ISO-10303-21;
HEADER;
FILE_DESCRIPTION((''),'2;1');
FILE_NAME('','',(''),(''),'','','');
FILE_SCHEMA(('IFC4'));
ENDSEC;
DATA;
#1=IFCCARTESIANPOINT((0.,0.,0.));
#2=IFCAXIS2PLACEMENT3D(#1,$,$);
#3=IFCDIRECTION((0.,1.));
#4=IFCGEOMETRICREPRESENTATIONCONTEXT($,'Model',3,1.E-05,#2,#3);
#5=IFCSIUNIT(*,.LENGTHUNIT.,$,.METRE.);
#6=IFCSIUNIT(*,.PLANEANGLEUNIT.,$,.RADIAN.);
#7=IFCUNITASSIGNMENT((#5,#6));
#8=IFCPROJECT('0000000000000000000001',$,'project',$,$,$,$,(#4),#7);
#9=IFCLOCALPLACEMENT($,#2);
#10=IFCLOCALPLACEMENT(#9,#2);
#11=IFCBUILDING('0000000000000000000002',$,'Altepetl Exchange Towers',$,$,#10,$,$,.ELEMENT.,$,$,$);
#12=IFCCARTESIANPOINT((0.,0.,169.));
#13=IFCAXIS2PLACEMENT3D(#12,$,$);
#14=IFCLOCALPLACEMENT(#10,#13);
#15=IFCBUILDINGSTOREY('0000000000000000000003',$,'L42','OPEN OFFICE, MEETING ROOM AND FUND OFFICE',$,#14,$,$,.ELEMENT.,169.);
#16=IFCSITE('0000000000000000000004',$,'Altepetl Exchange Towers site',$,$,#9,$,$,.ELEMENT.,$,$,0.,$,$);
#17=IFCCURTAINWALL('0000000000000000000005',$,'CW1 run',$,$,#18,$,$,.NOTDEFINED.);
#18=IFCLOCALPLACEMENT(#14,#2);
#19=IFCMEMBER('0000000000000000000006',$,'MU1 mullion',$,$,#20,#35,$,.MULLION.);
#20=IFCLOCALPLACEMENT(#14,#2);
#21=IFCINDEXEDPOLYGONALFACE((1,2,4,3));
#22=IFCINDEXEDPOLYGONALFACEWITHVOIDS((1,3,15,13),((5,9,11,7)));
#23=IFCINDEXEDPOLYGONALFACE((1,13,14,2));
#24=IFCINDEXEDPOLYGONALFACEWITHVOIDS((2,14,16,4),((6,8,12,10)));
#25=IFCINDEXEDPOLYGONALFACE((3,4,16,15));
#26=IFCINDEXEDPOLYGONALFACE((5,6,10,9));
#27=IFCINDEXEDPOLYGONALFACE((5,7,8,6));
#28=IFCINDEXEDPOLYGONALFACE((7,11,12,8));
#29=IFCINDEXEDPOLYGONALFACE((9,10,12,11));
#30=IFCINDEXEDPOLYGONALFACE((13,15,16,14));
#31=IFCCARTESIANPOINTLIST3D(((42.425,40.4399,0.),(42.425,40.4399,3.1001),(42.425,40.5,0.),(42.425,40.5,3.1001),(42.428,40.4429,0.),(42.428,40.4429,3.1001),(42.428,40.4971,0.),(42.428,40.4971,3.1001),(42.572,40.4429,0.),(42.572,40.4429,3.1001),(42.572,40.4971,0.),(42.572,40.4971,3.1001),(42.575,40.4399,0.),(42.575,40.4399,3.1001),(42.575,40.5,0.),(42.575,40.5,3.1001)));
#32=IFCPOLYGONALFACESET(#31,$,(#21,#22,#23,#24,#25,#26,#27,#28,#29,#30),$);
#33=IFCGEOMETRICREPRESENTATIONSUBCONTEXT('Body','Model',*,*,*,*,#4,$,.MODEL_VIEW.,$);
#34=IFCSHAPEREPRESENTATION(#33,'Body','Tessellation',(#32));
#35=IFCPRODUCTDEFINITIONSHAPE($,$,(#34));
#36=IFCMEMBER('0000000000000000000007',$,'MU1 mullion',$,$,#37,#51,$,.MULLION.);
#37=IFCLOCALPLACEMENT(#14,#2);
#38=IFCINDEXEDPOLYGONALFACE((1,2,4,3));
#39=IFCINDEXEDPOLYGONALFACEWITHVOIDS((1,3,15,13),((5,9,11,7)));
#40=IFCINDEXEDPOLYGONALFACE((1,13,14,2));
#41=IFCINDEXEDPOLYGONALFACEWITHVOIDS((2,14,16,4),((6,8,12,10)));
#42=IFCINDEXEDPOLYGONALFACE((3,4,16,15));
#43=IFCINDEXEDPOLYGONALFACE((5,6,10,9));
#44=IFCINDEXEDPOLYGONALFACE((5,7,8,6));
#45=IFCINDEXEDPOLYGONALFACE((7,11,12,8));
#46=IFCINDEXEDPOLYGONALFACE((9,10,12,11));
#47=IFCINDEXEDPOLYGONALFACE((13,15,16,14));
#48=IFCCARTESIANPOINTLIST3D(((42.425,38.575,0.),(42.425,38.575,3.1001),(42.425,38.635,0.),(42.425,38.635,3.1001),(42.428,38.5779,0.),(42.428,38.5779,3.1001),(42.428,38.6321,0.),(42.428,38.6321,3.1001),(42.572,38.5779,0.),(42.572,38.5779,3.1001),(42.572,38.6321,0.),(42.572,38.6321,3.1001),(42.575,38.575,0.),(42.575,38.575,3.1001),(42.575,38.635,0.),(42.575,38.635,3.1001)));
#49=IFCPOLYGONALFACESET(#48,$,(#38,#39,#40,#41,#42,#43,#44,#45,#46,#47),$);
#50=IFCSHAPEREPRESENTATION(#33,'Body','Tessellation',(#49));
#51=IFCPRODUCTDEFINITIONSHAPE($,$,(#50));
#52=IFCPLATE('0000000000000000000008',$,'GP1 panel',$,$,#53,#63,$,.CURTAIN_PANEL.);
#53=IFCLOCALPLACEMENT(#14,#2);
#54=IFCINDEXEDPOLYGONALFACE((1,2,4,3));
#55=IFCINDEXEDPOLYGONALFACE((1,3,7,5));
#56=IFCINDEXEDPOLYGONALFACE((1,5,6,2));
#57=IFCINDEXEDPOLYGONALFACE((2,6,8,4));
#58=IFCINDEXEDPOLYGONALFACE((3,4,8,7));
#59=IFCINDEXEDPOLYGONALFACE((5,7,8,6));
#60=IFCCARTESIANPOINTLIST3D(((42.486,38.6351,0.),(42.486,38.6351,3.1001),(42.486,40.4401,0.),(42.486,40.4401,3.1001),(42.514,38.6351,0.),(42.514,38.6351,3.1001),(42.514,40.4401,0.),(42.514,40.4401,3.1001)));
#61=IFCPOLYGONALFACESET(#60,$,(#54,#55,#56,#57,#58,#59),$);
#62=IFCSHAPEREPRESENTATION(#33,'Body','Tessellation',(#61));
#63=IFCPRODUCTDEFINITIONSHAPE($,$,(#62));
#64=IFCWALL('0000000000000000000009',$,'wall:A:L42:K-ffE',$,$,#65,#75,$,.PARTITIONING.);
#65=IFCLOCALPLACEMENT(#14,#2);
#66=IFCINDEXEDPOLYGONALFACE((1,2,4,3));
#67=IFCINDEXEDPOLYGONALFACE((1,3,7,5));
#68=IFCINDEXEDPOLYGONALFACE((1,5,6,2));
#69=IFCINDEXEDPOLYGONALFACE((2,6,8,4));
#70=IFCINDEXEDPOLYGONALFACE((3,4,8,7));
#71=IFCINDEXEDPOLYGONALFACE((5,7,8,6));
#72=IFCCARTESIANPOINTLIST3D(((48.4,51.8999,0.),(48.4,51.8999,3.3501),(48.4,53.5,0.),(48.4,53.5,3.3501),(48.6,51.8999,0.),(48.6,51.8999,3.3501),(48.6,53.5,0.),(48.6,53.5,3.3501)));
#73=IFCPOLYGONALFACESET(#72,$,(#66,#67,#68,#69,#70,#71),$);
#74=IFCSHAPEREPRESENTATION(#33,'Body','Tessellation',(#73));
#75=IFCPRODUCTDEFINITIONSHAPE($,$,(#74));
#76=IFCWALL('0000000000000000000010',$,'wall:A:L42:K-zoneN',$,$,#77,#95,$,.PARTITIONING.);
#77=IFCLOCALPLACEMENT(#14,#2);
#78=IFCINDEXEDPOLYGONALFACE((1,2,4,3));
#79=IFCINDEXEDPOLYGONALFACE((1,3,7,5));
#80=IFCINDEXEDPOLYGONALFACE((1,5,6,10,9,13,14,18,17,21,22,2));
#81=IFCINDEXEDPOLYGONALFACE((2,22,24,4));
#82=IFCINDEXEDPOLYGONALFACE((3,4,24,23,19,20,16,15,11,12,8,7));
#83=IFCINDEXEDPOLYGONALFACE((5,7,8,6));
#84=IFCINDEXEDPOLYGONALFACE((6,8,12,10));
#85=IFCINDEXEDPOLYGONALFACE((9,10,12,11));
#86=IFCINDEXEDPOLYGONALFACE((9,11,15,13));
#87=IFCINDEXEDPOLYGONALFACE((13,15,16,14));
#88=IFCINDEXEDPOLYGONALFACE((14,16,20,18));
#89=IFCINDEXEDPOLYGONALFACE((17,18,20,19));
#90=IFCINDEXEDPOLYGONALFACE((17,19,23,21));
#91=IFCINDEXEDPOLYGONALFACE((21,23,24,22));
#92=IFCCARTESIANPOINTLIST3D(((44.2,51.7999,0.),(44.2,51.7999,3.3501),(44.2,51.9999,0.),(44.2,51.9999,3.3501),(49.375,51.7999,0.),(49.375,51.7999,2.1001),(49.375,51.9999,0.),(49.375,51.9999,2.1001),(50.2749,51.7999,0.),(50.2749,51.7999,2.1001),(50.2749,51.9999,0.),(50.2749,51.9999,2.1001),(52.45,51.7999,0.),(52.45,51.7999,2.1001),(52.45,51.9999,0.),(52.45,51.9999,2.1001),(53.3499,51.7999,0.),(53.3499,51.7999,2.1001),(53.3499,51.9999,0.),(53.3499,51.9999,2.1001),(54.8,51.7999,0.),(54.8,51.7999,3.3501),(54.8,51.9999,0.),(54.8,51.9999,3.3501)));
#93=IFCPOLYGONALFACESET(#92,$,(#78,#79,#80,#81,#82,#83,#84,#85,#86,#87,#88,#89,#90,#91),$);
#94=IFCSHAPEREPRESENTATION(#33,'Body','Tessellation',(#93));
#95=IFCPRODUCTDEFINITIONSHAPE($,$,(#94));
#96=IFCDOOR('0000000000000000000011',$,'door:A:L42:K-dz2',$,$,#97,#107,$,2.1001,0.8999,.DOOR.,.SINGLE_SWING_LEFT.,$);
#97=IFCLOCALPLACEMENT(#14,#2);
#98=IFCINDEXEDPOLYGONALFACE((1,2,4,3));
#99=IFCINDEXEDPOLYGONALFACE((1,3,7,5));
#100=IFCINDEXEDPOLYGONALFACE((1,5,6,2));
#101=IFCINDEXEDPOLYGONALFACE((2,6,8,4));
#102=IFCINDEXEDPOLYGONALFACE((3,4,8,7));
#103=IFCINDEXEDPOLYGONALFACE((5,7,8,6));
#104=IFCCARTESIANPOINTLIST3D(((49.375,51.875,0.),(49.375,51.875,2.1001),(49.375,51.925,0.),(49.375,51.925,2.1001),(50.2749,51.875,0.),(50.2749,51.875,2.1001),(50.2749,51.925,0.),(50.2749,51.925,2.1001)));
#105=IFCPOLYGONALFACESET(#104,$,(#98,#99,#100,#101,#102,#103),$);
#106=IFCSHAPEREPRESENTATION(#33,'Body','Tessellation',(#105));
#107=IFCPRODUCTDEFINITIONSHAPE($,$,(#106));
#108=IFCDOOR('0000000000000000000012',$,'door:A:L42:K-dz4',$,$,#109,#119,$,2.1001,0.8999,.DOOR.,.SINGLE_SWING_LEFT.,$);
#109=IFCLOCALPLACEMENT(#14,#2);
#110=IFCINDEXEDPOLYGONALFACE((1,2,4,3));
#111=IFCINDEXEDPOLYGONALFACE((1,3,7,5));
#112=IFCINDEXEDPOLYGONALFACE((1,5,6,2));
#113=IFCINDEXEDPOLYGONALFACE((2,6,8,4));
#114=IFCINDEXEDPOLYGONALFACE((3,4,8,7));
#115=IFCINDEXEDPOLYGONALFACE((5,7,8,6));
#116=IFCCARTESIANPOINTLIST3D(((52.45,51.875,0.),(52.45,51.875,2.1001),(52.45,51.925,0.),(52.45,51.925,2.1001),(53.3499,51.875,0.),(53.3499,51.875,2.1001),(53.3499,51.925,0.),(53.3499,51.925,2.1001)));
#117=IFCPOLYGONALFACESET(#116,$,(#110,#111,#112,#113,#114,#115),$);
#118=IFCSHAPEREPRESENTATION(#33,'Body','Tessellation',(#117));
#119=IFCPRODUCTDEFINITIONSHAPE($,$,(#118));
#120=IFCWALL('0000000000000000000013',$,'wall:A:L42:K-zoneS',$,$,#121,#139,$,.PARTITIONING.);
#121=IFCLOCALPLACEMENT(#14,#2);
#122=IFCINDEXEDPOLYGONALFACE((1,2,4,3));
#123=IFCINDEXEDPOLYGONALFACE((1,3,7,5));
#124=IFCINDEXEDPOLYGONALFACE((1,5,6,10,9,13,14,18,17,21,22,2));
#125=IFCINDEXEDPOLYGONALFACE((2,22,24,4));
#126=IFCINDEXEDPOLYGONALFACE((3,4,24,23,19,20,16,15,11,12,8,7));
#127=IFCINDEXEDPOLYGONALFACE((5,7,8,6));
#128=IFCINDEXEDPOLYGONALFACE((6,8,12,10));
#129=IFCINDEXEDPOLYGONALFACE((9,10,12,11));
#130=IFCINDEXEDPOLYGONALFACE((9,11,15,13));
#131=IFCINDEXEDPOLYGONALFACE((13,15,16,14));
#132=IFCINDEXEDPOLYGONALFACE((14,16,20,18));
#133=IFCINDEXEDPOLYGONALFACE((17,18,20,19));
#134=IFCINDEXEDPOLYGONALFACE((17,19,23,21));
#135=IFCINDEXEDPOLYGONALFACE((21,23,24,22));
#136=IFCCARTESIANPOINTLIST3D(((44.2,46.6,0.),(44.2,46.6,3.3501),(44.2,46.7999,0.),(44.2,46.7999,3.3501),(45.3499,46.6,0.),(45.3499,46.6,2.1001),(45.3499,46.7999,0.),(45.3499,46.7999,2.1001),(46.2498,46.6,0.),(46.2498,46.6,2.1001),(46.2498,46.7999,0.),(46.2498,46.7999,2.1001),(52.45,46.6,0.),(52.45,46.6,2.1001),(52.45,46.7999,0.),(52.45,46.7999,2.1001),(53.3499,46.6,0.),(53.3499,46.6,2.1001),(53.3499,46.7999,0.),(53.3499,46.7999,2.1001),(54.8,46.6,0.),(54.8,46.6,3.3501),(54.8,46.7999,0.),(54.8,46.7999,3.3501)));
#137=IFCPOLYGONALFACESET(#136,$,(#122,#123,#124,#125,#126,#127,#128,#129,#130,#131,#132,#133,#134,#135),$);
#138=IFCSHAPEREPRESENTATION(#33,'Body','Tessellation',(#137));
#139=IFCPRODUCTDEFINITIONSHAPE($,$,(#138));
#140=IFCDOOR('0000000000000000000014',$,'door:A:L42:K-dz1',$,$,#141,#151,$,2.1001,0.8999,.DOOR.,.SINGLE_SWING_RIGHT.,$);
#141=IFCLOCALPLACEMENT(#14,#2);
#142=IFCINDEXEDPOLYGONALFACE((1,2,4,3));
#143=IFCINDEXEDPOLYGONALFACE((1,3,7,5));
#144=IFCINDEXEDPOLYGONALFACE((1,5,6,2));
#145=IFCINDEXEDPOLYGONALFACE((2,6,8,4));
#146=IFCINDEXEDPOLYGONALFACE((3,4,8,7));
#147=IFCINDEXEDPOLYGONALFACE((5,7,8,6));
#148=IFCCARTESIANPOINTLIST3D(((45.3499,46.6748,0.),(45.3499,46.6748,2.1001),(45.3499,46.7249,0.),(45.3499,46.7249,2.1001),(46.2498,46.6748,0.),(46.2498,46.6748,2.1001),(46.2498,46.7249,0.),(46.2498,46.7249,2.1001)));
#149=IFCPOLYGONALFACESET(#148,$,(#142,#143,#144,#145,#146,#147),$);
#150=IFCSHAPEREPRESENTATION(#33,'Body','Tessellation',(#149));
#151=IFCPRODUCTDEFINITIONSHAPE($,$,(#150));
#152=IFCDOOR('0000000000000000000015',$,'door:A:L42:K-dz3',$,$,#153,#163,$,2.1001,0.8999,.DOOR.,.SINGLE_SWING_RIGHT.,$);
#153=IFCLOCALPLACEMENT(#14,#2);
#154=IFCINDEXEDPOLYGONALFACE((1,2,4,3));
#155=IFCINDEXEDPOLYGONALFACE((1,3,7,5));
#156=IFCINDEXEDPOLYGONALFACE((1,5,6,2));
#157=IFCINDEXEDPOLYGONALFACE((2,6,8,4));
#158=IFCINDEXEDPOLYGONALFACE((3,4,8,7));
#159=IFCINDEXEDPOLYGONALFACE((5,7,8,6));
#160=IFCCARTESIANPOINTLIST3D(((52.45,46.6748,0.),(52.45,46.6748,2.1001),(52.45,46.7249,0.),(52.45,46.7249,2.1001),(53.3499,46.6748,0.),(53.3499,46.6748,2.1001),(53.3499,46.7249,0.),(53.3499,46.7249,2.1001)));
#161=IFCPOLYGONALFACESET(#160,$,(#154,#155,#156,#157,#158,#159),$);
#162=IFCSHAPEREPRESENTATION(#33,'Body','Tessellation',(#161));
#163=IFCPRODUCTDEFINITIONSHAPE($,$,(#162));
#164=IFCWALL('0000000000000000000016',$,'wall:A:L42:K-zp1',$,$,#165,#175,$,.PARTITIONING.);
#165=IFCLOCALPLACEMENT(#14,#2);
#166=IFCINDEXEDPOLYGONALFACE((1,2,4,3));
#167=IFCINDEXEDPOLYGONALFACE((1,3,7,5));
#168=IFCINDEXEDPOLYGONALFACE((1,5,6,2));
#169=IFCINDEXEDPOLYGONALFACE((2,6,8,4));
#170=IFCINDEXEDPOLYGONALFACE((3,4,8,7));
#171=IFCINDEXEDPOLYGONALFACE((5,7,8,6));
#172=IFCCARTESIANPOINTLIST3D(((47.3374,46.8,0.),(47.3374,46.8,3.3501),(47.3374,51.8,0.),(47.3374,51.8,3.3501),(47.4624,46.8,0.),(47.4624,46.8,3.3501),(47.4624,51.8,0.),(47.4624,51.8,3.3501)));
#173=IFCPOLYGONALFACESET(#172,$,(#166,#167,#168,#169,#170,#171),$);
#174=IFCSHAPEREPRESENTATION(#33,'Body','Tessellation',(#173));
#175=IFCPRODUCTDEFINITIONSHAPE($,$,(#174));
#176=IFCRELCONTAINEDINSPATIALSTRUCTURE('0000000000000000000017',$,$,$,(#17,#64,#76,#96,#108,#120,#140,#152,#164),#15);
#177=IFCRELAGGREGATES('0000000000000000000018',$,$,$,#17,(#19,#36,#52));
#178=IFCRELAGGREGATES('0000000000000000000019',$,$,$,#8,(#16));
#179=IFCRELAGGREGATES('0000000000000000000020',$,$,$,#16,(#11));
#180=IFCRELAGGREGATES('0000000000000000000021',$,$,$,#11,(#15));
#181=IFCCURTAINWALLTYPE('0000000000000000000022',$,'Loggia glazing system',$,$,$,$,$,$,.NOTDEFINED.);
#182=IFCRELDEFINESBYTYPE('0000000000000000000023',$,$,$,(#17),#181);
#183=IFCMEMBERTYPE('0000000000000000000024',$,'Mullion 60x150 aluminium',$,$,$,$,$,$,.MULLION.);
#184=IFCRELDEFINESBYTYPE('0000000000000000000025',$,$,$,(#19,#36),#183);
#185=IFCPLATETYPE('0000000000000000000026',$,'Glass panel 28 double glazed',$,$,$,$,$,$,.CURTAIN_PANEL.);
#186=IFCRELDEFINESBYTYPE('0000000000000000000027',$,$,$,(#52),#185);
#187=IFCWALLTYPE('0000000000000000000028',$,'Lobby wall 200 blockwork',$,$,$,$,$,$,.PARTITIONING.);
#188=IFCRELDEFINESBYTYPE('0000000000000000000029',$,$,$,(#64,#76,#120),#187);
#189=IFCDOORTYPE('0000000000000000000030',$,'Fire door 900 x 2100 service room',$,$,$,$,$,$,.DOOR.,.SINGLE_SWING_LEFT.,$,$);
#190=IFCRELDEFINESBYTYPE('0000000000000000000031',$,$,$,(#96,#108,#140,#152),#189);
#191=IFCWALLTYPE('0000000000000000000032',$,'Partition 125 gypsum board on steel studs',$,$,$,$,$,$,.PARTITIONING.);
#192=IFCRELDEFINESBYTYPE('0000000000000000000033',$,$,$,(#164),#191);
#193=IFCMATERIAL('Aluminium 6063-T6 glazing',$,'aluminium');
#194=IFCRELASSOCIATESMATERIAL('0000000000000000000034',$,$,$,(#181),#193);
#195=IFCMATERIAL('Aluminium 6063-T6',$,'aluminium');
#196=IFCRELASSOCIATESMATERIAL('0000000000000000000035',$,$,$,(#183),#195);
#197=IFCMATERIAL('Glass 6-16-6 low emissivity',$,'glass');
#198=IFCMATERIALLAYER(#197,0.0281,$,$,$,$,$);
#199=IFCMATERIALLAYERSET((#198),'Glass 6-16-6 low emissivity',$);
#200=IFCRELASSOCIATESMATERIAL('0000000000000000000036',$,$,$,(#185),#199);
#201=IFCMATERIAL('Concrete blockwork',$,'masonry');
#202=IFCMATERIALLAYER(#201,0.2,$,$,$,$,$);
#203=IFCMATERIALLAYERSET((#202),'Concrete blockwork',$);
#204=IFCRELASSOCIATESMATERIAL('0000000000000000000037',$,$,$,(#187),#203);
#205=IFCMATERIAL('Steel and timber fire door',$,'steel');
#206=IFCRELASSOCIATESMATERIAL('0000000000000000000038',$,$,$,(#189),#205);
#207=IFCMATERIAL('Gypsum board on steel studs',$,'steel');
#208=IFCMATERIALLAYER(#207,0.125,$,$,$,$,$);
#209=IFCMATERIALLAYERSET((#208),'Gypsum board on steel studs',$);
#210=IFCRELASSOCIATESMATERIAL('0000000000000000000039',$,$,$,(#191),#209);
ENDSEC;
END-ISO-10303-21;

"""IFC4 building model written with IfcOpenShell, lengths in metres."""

from ifc_helpers import new_model, si_unit, direction, frame, frame_2d, origin, origin_2d, place, context, subcontext, project, spatial, rectangle, hollow_rectangle, extrude, material, layer, layer_set, material_profile, profile_set, type_object, element, fill, aggregate, save


model = new_model("IFC4")

# Units and contexts
model_context = context("Model", 3, precision=1e-05, world=origin(), true_north=direction((0.0, 1.0)))
body_context = subcontext(model_context, "Body", "Model", "MODEL_VIEW")
ifc_project = project(units=[si_unit("LENGTHUNIT", "METRE"), si_unit("PLANEANGLEUNIT", "RADIAN")], contexts=[model_context])

# Site, building, storey
site_placement = place(None, origin())
site = spatial("IfcSite", under=ifc_project, at=site_placement, Name="Altepetl Exchange Towers site", CompositionType="ELEMENT", RefElevation=0.0)
building_placement = place(site_placement, origin())
building = spatial("IfcBuilding", under=site, at=building_placement, Name="Altepetl Exchange Towers", CompositionType="ELEMENT")
storey_placement = place(building_placement, frame((0.0, 0.0, 169.0)))
storey = spatial("IfcBuildingStorey", under=building, at=storey_placement, Name="L42", Description="OPEN OFFICE, MEETING ROOM AND FUND OFFICE", CompositionType="ELEMENT", Elevation=169.0)

# Curtain wall, members, plate
ifc_material_1 = material(Name="Aluminium 6063-T6 glazing", Category="aluminium")
curtain_wall_type = type_object("IfcCurtainWallType", Name="Loggia glazing system", PredefinedType="NOTDEFINED", material=ifc_material_1)
curtain_wall_placement = place(storey_placement, origin())
curtain_wall = element("IfcCurtainWall", 1, at=curtain_wall_placement, inside=storey, type_object=curtain_wall_type, Name="CW1 run", PredefinedType="NOTDEFINED")
ifc_material_2 = material(Name="Aluminium 6063-T6", Category="aluminium")
ifc_material_profile = material_profile(ifc_material_2, hollow_rectangle(XDim=0.0601, YDim=0.1499, WallThickness=0.0029, at=origin_2d()), Name="Mullion 60x150 aluminium")
ifc_profile_set = profile_set([ifc_material_profile], Name="Aluminium 6063-T6")
member_type = type_object("IfcMemberType", Name="Mullion 60x150 aluminium", PredefinedType="MULLION", material=ifc_profile_set)
member_1_placement = place(storey_placement, frame((42.5, 40.47, 0.0), z_axis=(0.0, 0.0, 1.0), x_axis=(0.0, -1.0, 0.0)))
member_1 = element("IfcMember", 2, at=member_1_placement, type_object=member_type, Name="MU1 mullion", PredefinedType="MULLION", context=body_context, shape_type="SweptSolid", body=[
    extrude(hollow_rectangle(XDim=0.0601, YDim=0.1499, WallThickness=0.0029, at=origin_2d()), origin(), (0.0, 0.0, 1.0), 3.1001),
])
member_2_placement = place(storey_placement, frame((42.5, 38.605, 0.0), z_axis=(0.0, 0.0, 1.0), x_axis=(0.0, -1.0, 0.0)))
member_2 = element("IfcMember", 3, at=member_2_placement, type_object=member_type, Name="MU1 mullion", PredefinedType="MULLION", context=body_context, shape_type="SweptSolid", body=[
    extrude(hollow_rectangle(XDim=0.0601, YDim=0.1499, WallThickness=0.0029, at=origin_2d()), origin(), (0.0, 0.0, 1.0), 3.1001),
])
ifc_material_3 = material(Name="Glass 6-16-6 low emissivity", Category="glass")
ifc_layer_1 = layer(ifc_material_3, 0.0281)
ifc_layer_set_1 = layer_set([ifc_layer_1], Name="Glass 6-16-6 low emissivity")
plate_type = type_object("IfcPlateType", Name="Glass panel 28 double glazed", PredefinedType="CURTAIN_PANEL", material=ifc_layer_set_1)
plate_placement = place(storey_placement, frame((42.5, 39.5376, 0.0), z_axis=(0.0, 0.0, 1.0), x_axis=(0.0, -1.0, 0.0)))
plate = element("IfcPlate", 4, at=plate_placement, type_object=plate_type, Name="GP1 panel", PredefinedType="CURTAIN_PANEL", context=body_context, shape_type="SweptSolid", body=[
    extrude(rectangle(XDim=1.8049, YDim=0.0281, at=origin_2d()), origin(), (0.0, 0.0, 1.0), 3.1001),
])
aggregate(curtain_wall, [member_1, member_2, plate])

# Wall
ifc_material_4 = material(Name="Concrete blockwork", Category="masonry")
ifc_layer_2 = layer(ifc_material_4, 0.2)
ifc_layer_set_2 = layer_set([ifc_layer_2], Name="Concrete blockwork")
wall_type_1 = type_object("IfcWallType", Name="Lobby wall 200 blockwork", PredefinedType="PARTITIONING", material=ifc_layer_set_2)
wall_1_placement = place(storey_placement, frame((48.5, 51.8999, 0.0), z_axis=(0.0, 0.0, 1.0), x_axis=(0.0, 1.0, 0.0)))
element("IfcWall", 5, at=wall_1_placement, inside=storey, type_object=wall_type_1, Name="wall:A:L42:K-ffE", PredefinedType="PARTITIONING", context=body_context, shape_type="SweptSolid", body=[
    extrude(rectangle(XDim=1.6001, YDim=0.2, at=frame_2d((0.8, 0.0))), origin(), (0.0, 0.0, 1.0), 3.3501),
])

# Walls, openings, doors
wall_2_placement = place(storey_placement, frame((44.2, 51.8999, 0.0)))
wall_2 = element("IfcWall", 6, at=wall_2_placement, inside=storey, type_object=wall_type_1, Name="wall:A:L42:K-zoneN", PredefinedType="PARTITIONING", context=body_context, shape_type="SweptSolid", body=[
    extrude(rectangle(XDim=10.6001, YDim=0.2, at=frame_2d((5.3, 0.0))), origin(), (0.0, 0.0, 1.0), 3.3501),
])
opening_1_placement = place(wall_2_placement, frame((5.175, 0.0, 0.0)))
opening_1 = element("IfcOpeningElement", 7, at=opening_1_placement, cuts=wall_2, PredefinedType="OPENING", context=body_context, shape_type="SweptSolid", body=[
    extrude(rectangle(XDim=0.8999, YDim=2.1001, at=frame_2d((0.45, 1.05))), frame((0.0, 0.1099, 0.0), z_axis=(0.0, -1.0, 0.0), x_axis=(1.0, 0.0, 0.0)), (0.0, 0.0, 1.0), 0.22),
])
opening_2_placement = place(wall_2_placement, frame((8.25, 0.0, 0.0)))
opening_2 = element("IfcOpeningElement", 8, at=opening_2_placement, cuts=wall_2, PredefinedType="OPENING", context=body_context, shape_type="SweptSolid", body=[
    extrude(rectangle(XDim=0.8999, YDim=2.1001, at=frame_2d((0.45, 1.05))), frame((0.0, 0.1099, 0.0), z_axis=(0.0, -1.0, 0.0), x_axis=(1.0, 0.0, 0.0)), (0.0, 0.0, 1.0), 0.22),
])
ifc_material_5 = material(Name="Steel and timber fire door", Category="steel")
door_type = type_object("IfcDoorType", Name="Fire door 900 x 2100 service room", OperationType="SINGLE_SWING_LEFT", PredefinedType="DOOR", material=ifc_material_5)
door_1_placement = place(opening_1_placement, frame((0.8999, 0.0, 0.0), x_axis=(-1.0, 0.0, 0.0)))
door_1 = element("IfcDoor", 9, at=door_1_placement, inside=storey, type_object=door_type, Name="door:A:L42:K-dz2", OperationType="SINGLE_SWING_LEFT", OverallHeight=2.1001, OverallWidth=0.8999, PredefinedType="DOOR", context=body_context, shape_type="SweptSolid", body=[
    extrude(rectangle(XDim=0.8999, YDim=2.1001, at=frame_2d((0.45, 1.05))), frame((0.0, 0.0249, 0.0), z_axis=(0.0, -1.0, 0.0), x_axis=(1.0, 0.0, 0.0)), (0.0, 0.0, 1.0), 0.05),
])
fill(opening_1, door_1)
door_2_placement = place(opening_2_placement, frame((0.8999, 0.0, 0.0), x_axis=(-1.0, 0.0, 0.0)))
door_2 = element("IfcDoor", 10, at=door_2_placement, inside=storey, type_object=door_type, Name="door:A:L42:K-dz4", OperationType="SINGLE_SWING_LEFT", OverallHeight=2.1001, OverallWidth=0.8999, PredefinedType="DOOR", context=body_context, shape_type="SweptSolid", body=[
    extrude(rectangle(XDim=0.8999, YDim=2.1001, at=frame_2d((0.45, 1.05))), frame((0.0, 0.0249, 0.0), z_axis=(0.0, -1.0, 0.0), x_axis=(1.0, 0.0, 0.0)), (0.0, 0.0, 1.0), 0.05),
])
fill(opening_2, door_2)
wall_3_placement = place(storey_placement, frame((44.2, 46.7, 0.0)))
wall_3 = element("IfcWall", 11, at=wall_3_placement, inside=storey, type_object=wall_type_1, Name="wall:A:L42:K-zoneS", PredefinedType="PARTITIONING", context=body_context, shape_type="SweptSolid", body=[
    extrude(rectangle(XDim=10.6001, YDim=0.2, at=frame_2d((5.3, 0.0))), origin(), (0.0, 0.0, 1.0), 3.3501),
])
opening_3_placement = place(wall_3_placement, frame((1.1499, 0.0, 0.0)))
opening_3 = element("IfcOpeningElement", 12, at=opening_3_placement, cuts=wall_3, PredefinedType="OPENING", context=body_context, shape_type="SweptSolid", body=[
    extrude(rectangle(XDim=0.8999, YDim=2.1001, at=frame_2d((0.45, 1.05))), frame((0.0, 0.1099, 0.0), z_axis=(0.0, -1.0, 0.0), x_axis=(1.0, 0.0, 0.0)), (0.0, 0.0, 1.0), 0.22),
])
opening_4_placement = place(wall_3_placement, frame((8.25, 0.0, 0.0)))
opening_4 = element("IfcOpeningElement", 13, at=opening_4_placement, cuts=wall_3, PredefinedType="OPENING", context=body_context, shape_type="SweptSolid", body=[
    extrude(rectangle(XDim=0.8999, YDim=2.1001, at=frame_2d((0.45, 1.05))), frame((0.0, 0.1099, 0.0), z_axis=(0.0, -1.0, 0.0), x_axis=(1.0, 0.0, 0.0)), (0.0, 0.0, 1.0), 0.22),
])
door_3_placement = place(opening_3_placement, origin())
door_3 = element("IfcDoor", 14, at=door_3_placement, inside=storey, type_object=door_type, Name="door:A:L42:K-dz1", OperationType="SINGLE_SWING_RIGHT", OverallHeight=2.1001, OverallWidth=0.8999, PredefinedType="DOOR", context=body_context, shape_type="SweptSolid", body=[
    extrude(rectangle(XDim=0.8999, YDim=2.1001, at=frame_2d((0.45, 1.05))), frame((0.0, 0.0249, 0.0), z_axis=(0.0, -1.0, 0.0), x_axis=(1.0, 0.0, 0.0)), (0.0, 0.0, 1.0), 0.05),
])
fill(opening_3, door_3)
door_4_placement = place(opening_4_placement, origin())
door_4 = element("IfcDoor", 15, at=door_4_placement, inside=storey, type_object=door_type, Name="door:A:L42:K-dz3", OperationType="SINGLE_SWING_RIGHT", OverallHeight=2.1001, OverallWidth=0.8999, PredefinedType="DOOR", context=body_context, shape_type="SweptSolid", body=[
    extrude(rectangle(XDim=0.8999, YDim=2.1001, at=frame_2d((0.45, 1.05))), frame((0.0, 0.0249, 0.0), z_axis=(0.0, -1.0, 0.0), x_axis=(1.0, 0.0, 0.0)), (0.0, 0.0, 1.0), 0.05),
])
fill(opening_4, door_4)

# Wall
ifc_material_6 = material(Name="Gypsum board on steel studs", Category="steel")
ifc_layer_3 = layer(ifc_material_6, 0.125)
ifc_layer_set_3 = layer_set([ifc_layer_3], Name="Gypsum board on steel studs")
wall_type_2 = type_object("IfcWallType", Name="Partition 125 gypsum board on steel studs", PredefinedType="PARTITIONING", material=ifc_layer_set_3)
wall_4_placement = place(storey_placement, frame((47.3999, 46.8, 0.0), z_axis=(0.0, 0.0, 1.0), x_axis=(0.0, 1.0, 0.0)))
element("IfcWall", 16, at=wall_4_placement, inside=storey, type_object=wall_type_2, Name="wall:A:L42:K-zp1", PredefinedType="PARTITIONING", context=body_context, shape_type="SweptSolid", body=[
    extrude(rectangle(XDim=5.0, YDim=0.125, at=frame_2d((2.5, 0.0))), origin(), (0.0, 0.0, 1.0), 3.3501),
])

save(model, "model.ifc")
